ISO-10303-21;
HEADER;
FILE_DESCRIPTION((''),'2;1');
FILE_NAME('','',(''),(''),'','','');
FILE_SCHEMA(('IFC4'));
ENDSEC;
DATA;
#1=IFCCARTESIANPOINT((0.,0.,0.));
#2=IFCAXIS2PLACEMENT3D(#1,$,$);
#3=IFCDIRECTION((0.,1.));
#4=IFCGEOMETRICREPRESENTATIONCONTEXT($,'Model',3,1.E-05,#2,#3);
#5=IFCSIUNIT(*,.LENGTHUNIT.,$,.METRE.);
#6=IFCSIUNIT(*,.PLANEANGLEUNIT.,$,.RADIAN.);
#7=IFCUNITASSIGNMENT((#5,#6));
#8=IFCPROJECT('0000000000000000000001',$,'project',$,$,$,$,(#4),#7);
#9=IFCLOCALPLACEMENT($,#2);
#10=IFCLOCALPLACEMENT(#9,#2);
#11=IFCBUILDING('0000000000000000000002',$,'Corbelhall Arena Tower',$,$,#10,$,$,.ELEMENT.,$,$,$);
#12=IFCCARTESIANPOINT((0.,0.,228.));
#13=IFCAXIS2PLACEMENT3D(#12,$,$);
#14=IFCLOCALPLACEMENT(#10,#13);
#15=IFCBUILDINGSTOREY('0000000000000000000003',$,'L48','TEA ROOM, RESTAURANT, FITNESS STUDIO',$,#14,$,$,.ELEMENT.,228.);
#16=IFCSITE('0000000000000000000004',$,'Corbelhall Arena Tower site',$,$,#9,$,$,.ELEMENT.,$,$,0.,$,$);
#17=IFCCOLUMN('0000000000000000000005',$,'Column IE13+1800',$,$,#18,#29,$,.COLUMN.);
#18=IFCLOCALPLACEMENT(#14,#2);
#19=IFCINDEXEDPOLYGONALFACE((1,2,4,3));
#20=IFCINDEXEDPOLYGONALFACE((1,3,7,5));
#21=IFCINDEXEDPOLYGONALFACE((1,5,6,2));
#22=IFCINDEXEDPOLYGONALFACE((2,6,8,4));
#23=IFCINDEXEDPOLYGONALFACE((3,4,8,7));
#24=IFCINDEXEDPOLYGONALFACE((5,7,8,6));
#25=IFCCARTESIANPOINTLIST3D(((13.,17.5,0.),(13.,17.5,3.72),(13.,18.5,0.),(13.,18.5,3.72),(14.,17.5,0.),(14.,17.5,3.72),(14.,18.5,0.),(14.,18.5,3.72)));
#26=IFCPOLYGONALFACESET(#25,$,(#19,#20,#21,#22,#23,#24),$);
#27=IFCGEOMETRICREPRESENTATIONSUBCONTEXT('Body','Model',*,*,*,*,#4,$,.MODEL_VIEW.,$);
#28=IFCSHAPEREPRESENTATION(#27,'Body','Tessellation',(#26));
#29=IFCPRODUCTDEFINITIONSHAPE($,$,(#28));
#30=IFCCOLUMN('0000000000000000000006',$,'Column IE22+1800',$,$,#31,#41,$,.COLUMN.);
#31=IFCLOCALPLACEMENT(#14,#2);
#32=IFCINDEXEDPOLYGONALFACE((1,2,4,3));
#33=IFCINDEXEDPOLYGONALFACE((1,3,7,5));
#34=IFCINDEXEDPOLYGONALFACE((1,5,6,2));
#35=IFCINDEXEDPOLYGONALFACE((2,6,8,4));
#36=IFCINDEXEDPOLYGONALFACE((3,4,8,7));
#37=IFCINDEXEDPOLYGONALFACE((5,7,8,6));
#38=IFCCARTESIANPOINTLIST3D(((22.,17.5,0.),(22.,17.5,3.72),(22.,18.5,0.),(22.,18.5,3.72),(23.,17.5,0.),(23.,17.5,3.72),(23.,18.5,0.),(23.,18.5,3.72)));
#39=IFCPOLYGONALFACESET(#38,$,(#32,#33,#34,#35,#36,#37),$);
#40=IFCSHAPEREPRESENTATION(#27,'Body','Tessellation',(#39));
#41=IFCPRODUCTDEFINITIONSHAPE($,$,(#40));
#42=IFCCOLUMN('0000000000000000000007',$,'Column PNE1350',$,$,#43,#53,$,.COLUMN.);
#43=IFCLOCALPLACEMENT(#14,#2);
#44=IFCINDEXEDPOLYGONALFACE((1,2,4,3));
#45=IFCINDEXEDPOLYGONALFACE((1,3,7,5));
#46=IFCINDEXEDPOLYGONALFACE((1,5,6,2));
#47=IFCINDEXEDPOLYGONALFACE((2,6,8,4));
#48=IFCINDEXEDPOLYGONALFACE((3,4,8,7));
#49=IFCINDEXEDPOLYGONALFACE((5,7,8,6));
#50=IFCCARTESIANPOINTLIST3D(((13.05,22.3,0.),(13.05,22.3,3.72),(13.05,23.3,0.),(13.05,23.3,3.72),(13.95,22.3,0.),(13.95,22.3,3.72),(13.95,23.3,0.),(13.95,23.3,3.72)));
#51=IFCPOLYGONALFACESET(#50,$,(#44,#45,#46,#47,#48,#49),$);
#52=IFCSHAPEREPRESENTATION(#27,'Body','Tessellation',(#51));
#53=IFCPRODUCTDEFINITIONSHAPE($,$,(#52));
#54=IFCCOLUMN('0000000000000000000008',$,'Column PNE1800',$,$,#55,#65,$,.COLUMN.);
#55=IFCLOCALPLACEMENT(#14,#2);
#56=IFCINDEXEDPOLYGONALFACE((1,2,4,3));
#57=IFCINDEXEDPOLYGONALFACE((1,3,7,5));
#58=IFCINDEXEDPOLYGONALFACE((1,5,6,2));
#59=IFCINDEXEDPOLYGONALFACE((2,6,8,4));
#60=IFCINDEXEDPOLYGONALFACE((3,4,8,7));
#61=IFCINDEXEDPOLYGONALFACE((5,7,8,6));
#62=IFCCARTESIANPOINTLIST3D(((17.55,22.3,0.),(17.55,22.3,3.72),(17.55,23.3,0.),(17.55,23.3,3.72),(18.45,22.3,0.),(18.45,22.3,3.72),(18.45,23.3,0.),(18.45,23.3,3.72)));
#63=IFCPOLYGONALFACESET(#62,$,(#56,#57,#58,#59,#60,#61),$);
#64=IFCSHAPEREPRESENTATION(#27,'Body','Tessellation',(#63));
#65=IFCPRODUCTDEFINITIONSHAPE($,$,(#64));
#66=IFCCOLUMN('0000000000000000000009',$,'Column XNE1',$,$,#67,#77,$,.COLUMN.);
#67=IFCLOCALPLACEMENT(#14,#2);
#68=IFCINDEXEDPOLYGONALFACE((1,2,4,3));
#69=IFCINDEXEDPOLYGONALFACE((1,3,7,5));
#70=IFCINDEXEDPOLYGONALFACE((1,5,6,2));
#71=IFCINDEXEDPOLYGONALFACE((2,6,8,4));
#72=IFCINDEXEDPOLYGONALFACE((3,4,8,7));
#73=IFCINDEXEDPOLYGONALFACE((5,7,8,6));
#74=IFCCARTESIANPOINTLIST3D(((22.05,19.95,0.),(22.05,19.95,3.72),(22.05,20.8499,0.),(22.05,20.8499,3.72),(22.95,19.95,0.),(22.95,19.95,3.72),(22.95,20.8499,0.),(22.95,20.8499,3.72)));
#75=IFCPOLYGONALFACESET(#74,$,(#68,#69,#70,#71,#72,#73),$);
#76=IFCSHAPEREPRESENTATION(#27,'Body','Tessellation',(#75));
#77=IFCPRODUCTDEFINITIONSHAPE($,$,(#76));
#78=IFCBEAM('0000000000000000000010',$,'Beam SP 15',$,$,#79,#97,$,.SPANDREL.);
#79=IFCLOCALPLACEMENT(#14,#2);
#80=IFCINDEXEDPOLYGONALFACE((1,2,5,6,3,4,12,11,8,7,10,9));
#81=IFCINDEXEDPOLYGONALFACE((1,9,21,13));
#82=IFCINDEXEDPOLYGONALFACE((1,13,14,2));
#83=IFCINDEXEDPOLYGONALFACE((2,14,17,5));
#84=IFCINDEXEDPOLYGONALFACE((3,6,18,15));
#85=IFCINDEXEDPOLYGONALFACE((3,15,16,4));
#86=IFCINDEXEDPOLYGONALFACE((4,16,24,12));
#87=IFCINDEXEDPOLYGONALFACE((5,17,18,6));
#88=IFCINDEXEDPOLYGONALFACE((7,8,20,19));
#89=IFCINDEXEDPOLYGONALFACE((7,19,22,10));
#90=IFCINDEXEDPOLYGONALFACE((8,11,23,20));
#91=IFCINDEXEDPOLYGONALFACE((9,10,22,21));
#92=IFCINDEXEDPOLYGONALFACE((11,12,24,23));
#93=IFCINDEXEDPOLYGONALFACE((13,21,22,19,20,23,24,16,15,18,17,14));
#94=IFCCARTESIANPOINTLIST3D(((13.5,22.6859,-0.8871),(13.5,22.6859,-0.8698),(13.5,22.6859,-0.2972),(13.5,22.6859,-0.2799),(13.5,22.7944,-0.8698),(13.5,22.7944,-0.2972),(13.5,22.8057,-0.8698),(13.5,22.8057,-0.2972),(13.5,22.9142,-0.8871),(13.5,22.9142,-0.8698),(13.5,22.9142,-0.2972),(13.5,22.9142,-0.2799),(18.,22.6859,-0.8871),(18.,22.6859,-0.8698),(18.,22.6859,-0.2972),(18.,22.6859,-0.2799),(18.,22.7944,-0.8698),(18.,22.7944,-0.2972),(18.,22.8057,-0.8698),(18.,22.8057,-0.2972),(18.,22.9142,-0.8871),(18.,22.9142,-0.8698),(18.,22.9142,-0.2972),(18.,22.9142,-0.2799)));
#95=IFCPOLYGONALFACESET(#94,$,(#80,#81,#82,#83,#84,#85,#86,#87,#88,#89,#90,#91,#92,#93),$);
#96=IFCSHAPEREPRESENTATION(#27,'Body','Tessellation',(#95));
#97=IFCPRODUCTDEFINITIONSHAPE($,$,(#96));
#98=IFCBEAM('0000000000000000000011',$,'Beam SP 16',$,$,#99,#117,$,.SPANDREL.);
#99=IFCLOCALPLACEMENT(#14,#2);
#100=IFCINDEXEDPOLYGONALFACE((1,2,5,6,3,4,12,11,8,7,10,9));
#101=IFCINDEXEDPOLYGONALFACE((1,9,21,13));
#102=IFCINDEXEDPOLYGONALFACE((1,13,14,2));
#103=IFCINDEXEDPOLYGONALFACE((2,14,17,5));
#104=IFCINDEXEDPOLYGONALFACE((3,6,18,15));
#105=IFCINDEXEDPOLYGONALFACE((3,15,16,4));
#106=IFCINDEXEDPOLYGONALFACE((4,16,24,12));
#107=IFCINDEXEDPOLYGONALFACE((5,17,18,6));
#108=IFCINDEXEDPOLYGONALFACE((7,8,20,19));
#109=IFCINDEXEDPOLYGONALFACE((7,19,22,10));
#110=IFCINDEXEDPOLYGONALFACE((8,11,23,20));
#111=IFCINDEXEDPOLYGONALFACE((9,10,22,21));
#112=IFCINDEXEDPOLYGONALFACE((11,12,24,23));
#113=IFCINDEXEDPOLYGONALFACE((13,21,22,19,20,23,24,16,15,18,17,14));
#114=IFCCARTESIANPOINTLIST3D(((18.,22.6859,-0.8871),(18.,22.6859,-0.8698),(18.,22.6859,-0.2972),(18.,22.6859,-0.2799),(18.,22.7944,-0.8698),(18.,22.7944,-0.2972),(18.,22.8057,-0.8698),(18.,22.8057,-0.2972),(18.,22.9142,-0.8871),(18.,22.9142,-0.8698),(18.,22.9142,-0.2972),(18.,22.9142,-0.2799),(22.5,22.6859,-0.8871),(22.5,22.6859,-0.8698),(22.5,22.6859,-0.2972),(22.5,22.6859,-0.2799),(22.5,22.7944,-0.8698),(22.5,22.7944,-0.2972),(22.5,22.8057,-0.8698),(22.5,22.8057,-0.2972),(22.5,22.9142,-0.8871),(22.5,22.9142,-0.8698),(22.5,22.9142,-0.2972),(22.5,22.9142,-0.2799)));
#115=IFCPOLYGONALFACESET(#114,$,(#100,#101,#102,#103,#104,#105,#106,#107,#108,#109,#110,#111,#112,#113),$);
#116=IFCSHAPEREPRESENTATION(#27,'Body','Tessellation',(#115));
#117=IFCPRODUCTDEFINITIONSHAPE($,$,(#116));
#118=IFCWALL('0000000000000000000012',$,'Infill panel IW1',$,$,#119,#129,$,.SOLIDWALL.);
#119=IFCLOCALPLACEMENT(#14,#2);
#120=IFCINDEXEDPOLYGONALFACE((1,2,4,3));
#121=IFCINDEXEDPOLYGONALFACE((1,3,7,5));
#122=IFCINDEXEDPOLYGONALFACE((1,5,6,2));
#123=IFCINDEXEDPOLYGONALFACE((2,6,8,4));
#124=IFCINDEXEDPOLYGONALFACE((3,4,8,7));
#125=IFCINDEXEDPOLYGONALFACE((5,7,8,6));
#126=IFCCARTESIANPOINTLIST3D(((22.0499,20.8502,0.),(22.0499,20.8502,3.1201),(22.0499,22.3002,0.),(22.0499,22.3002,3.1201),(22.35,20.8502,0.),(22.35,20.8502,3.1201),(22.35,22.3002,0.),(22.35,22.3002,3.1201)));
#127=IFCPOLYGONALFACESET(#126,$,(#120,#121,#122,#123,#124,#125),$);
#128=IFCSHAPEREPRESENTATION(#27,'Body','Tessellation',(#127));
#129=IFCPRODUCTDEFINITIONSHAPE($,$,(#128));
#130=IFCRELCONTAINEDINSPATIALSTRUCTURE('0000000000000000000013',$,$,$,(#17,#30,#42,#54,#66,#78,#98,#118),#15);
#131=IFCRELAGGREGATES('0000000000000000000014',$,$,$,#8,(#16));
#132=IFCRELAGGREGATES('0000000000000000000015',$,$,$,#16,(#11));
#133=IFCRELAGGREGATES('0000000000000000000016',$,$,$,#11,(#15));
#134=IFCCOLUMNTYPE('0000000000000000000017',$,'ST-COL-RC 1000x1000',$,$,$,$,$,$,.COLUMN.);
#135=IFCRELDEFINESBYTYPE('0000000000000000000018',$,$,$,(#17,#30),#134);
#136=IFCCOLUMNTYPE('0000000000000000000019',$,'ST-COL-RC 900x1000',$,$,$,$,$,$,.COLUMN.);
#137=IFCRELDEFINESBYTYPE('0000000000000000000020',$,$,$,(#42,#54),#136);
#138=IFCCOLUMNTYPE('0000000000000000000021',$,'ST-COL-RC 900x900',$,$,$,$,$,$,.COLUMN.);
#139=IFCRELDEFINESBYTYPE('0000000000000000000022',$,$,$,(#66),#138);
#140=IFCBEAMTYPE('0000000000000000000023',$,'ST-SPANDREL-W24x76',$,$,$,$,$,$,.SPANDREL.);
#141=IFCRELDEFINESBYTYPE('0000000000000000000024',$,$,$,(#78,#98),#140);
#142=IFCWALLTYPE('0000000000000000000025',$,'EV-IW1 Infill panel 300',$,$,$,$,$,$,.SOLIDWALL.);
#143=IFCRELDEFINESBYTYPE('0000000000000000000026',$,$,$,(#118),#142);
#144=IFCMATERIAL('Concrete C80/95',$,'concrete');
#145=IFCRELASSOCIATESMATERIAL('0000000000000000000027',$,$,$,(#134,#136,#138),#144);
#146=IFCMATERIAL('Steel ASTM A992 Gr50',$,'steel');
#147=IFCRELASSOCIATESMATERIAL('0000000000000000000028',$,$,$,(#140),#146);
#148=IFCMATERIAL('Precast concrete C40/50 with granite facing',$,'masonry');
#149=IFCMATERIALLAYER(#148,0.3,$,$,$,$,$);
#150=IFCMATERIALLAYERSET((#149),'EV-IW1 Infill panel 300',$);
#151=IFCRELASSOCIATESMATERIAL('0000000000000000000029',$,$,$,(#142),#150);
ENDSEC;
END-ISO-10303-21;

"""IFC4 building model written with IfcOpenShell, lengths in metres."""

from ifc_helpers import new_model, si_unit, direction, frame, frame_2d, origin, origin_2d, place, context, subcontext, project, spatial, rectangle, i_section, extrude, material, layer, layer_set, material_profile, profile_set, type_object, element, save


model = new_model("IFC4")

# Units and contexts
model_context = context("Model", 3, precision=1e-05, world=origin(), true_north=direction((0.0, 1.0)))
body_context = subcontext(model_context, "Body", "Model", "MODEL_VIEW")
ifc_project = project(units=[si_unit("LENGTHUNIT", "METRE"), si_unit("PLANEANGLEUNIT", "RADIAN")], contexts=[model_context])

# Site, building, storey
site_placement = place(None, origin())
site = spatial("IfcSite", under=ifc_project, at=site_placement, Name="Corbelhall Arena Tower site", CompositionType="ELEMENT", RefElevation=0.0)
building_placement = place(site_placement, origin())
building = spatial("IfcBuilding", under=site, at=building_placement, Name="Corbelhall Arena Tower", CompositionType="ELEMENT")
storey_placement = place(building_placement, frame((0.0, 0.0, 228.0)))
storey = spatial("IfcBuildingStorey", under=building, at=storey_placement, Name="L48", Description="TEA ROOM, RESTAURANT, FITNESS STUDIO", CompositionType="ELEMENT", Elevation=228.0)

# Columns
ifc_material_1 = material(Name="Concrete C80/95", Category="concrete")
ifc_material_profile_1 = material_profile(ifc_material_1, rectangle(XDim=1.0, YDim=1.0, at=origin_2d()))
ifc_profile_set_1 = profile_set([ifc_material_profile_1], Name="Concrete C80/95")
column_type_1 = type_object("IfcColumnType", Name="ST-COL-RC 1000x1000", PredefinedType="COLUMN", material=ifc_profile_set_1)
for number, where, z_axis, x_axis, name in (
    (1, (13.5, 18.0, 0.0), (0.0, 0.0, 1.0), (1.0, 0.0, 0.0), "Column IE13+1800"),
    (2, (22.5, 18.0, 0.0), (0.0, 0.0, 1.0), (1.0, 0.0, 0.0), "Column IE22+1800"),
):
    element("IfcColumn", number, at=place(storey_placement, frame(where, z_axis=z_axis, x_axis=x_axis)), inside=storey, type_object=column_type_1, Name=name, PredefinedType="COLUMN", context=body_context, shape_type="SweptSolid", body=[
        extrude(rectangle(XDim=1.0, YDim=1.0, at=origin_2d()), origin(), (0.0, 0.0, 1.0), 3.72),
    ])
ifc_material_profile_2 = material_profile(ifc_material_1, rectangle(XDim=0.8999, YDim=1.0, at=origin_2d()))
ifc_profile_set_2 = profile_set([ifc_material_profile_2], Name="Concrete C80/95")
column_type_2 = type_object("IfcColumnType", Name="ST-COL-RC 900x1000", PredefinedType="COLUMN", material=ifc_profile_set_2)
for number, where, z_axis, x_axis, name in (
    (3, (13.5, 22.8, 0.0), (0.0, 0.0, 1.0), (1.0, 0.0, 0.0), "Column PNE1350"),
    (4, (18.0, 22.8, 0.0), (0.0, 0.0, 1.0), (1.0, 0.0, 0.0), "Column PNE1800"),
):
    element("IfcColumn", number, at=place(storey_placement, frame(where, z_axis=z_axis, x_axis=x_axis)), inside=storey, type_object=column_type_2, Name=name, PredefinedType="COLUMN", context=body_context, shape_type="SweptSolid", body=[
        extrude(rectangle(XDim=0.8999, YDim=1.0, at=origin_2d()), origin(), (0.0, 0.0, 1.0), 3.72),
    ])
ifc_material_profile_3 = material_profile(ifc_material_1, rectangle(XDim=0.8999, YDim=0.8999, at=origin_2d()))
ifc_profile_set_3 = profile_set([ifc_material_profile_3], Name="Concrete C80/95")
column_type_3 = type_object("IfcColumnType", Name="ST-COL-RC 900x900", PredefinedType="COLUMN", material=ifc_profile_set_3)
column_placement = place(storey_placement, frame((22.5, 20.3999, 0.0), z_axis=(0.0, 0.0, 1.0), x_axis=(1.0, 0.0, 0.0)))
element("IfcColumn", 5, at=column_placement, inside=storey, type_object=column_type_3, Name="Column XNE1", PredefinedType="COLUMN", context=body_context, shape_type="SweptSolid", body=[
    extrude(rectangle(XDim=0.8999, YDim=0.8999, at=origin_2d()), origin(), (0.0, 0.0, 1.0), 3.72),
])

# Beams
ifc_material_2 = material(Name="Steel ASTM A992 Gr50", Category="steel")
ifc_material_profile_4 = material_profile(ifc_material_2, i_section(OverallWidth=0.2283, OverallDepth=0.6072, WebThickness=0.0112, FlangeThickness=0.0173, at=origin_2d()))
ifc_profile_set_4 = profile_set([ifc_material_profile_4], Name="Steel ASTM A992 Gr50")
beam_type = type_object("IfcBeamType", Name="ST-SPANDREL-W24x76", PredefinedType="SPANDREL", material=ifc_profile_set_4)
for number, where, z_axis, x_axis, name in (
    (6, (13.5, 22.8, -0.5835), (1.0, 0.0, 0.0), (0.0, 1.0, 0.0), "Beam SP 15"),
    (7, (18.0, 22.8, -0.5835), (1.0, 0.0, 0.0), (0.0, 1.0, 0.0), "Beam SP 16"),
):
    element("IfcBeam", number, at=place(storey_placement, frame(where, z_axis=z_axis, x_axis=x_axis)), inside=storey, type_object=beam_type, Name=name, PredefinedType="SPANDREL", context=body_context, shape_type="SweptSolid", body=[
        extrude(i_section(OverallWidth=0.2283, OverallDepth=0.6072, WebThickness=0.0112, FlangeThickness=0.0173, at=origin_2d()), origin(), (0.0, 0.0, 1.0), 4.5),
    ])

# Wall
ifc_material_3 = material(Name="Precast concrete C40/50 with granite facing", Category="masonry")
ifc_layer_1 = layer(ifc_material_3, 0.3)
ifc_layer_set_1 = layer_set([ifc_layer_1], Name="EV-IW1 Infill panel 300")
wall_type_1 = type_object("IfcWallType", Name="EV-IW1 Infill panel 300", PredefinedType="SOLIDWALL", material=ifc_layer_set_1)
wall_1_placement = place(storey_placement, frame((22.2, 20.8501, 0.0), z_axis=(0.0, 0.0, 1.0), x_axis=(0.0, 1.0, 0.0)))
element("IfcWall", 8, at=wall_1_placement, inside=storey, type_object=wall_type_1, Name="Infill panel IW1", PredefinedType="SOLIDWALL", context=body_context, shape_type="SweptSolid", body=[
    extrude(rectangle(XDim=1.45, YDim=0.3, at=frame_2d((0.7251, 0.0))), origin(), (0.0, 0.0, 1.0), 3.1201),
])

save(model, "model.ifc")
